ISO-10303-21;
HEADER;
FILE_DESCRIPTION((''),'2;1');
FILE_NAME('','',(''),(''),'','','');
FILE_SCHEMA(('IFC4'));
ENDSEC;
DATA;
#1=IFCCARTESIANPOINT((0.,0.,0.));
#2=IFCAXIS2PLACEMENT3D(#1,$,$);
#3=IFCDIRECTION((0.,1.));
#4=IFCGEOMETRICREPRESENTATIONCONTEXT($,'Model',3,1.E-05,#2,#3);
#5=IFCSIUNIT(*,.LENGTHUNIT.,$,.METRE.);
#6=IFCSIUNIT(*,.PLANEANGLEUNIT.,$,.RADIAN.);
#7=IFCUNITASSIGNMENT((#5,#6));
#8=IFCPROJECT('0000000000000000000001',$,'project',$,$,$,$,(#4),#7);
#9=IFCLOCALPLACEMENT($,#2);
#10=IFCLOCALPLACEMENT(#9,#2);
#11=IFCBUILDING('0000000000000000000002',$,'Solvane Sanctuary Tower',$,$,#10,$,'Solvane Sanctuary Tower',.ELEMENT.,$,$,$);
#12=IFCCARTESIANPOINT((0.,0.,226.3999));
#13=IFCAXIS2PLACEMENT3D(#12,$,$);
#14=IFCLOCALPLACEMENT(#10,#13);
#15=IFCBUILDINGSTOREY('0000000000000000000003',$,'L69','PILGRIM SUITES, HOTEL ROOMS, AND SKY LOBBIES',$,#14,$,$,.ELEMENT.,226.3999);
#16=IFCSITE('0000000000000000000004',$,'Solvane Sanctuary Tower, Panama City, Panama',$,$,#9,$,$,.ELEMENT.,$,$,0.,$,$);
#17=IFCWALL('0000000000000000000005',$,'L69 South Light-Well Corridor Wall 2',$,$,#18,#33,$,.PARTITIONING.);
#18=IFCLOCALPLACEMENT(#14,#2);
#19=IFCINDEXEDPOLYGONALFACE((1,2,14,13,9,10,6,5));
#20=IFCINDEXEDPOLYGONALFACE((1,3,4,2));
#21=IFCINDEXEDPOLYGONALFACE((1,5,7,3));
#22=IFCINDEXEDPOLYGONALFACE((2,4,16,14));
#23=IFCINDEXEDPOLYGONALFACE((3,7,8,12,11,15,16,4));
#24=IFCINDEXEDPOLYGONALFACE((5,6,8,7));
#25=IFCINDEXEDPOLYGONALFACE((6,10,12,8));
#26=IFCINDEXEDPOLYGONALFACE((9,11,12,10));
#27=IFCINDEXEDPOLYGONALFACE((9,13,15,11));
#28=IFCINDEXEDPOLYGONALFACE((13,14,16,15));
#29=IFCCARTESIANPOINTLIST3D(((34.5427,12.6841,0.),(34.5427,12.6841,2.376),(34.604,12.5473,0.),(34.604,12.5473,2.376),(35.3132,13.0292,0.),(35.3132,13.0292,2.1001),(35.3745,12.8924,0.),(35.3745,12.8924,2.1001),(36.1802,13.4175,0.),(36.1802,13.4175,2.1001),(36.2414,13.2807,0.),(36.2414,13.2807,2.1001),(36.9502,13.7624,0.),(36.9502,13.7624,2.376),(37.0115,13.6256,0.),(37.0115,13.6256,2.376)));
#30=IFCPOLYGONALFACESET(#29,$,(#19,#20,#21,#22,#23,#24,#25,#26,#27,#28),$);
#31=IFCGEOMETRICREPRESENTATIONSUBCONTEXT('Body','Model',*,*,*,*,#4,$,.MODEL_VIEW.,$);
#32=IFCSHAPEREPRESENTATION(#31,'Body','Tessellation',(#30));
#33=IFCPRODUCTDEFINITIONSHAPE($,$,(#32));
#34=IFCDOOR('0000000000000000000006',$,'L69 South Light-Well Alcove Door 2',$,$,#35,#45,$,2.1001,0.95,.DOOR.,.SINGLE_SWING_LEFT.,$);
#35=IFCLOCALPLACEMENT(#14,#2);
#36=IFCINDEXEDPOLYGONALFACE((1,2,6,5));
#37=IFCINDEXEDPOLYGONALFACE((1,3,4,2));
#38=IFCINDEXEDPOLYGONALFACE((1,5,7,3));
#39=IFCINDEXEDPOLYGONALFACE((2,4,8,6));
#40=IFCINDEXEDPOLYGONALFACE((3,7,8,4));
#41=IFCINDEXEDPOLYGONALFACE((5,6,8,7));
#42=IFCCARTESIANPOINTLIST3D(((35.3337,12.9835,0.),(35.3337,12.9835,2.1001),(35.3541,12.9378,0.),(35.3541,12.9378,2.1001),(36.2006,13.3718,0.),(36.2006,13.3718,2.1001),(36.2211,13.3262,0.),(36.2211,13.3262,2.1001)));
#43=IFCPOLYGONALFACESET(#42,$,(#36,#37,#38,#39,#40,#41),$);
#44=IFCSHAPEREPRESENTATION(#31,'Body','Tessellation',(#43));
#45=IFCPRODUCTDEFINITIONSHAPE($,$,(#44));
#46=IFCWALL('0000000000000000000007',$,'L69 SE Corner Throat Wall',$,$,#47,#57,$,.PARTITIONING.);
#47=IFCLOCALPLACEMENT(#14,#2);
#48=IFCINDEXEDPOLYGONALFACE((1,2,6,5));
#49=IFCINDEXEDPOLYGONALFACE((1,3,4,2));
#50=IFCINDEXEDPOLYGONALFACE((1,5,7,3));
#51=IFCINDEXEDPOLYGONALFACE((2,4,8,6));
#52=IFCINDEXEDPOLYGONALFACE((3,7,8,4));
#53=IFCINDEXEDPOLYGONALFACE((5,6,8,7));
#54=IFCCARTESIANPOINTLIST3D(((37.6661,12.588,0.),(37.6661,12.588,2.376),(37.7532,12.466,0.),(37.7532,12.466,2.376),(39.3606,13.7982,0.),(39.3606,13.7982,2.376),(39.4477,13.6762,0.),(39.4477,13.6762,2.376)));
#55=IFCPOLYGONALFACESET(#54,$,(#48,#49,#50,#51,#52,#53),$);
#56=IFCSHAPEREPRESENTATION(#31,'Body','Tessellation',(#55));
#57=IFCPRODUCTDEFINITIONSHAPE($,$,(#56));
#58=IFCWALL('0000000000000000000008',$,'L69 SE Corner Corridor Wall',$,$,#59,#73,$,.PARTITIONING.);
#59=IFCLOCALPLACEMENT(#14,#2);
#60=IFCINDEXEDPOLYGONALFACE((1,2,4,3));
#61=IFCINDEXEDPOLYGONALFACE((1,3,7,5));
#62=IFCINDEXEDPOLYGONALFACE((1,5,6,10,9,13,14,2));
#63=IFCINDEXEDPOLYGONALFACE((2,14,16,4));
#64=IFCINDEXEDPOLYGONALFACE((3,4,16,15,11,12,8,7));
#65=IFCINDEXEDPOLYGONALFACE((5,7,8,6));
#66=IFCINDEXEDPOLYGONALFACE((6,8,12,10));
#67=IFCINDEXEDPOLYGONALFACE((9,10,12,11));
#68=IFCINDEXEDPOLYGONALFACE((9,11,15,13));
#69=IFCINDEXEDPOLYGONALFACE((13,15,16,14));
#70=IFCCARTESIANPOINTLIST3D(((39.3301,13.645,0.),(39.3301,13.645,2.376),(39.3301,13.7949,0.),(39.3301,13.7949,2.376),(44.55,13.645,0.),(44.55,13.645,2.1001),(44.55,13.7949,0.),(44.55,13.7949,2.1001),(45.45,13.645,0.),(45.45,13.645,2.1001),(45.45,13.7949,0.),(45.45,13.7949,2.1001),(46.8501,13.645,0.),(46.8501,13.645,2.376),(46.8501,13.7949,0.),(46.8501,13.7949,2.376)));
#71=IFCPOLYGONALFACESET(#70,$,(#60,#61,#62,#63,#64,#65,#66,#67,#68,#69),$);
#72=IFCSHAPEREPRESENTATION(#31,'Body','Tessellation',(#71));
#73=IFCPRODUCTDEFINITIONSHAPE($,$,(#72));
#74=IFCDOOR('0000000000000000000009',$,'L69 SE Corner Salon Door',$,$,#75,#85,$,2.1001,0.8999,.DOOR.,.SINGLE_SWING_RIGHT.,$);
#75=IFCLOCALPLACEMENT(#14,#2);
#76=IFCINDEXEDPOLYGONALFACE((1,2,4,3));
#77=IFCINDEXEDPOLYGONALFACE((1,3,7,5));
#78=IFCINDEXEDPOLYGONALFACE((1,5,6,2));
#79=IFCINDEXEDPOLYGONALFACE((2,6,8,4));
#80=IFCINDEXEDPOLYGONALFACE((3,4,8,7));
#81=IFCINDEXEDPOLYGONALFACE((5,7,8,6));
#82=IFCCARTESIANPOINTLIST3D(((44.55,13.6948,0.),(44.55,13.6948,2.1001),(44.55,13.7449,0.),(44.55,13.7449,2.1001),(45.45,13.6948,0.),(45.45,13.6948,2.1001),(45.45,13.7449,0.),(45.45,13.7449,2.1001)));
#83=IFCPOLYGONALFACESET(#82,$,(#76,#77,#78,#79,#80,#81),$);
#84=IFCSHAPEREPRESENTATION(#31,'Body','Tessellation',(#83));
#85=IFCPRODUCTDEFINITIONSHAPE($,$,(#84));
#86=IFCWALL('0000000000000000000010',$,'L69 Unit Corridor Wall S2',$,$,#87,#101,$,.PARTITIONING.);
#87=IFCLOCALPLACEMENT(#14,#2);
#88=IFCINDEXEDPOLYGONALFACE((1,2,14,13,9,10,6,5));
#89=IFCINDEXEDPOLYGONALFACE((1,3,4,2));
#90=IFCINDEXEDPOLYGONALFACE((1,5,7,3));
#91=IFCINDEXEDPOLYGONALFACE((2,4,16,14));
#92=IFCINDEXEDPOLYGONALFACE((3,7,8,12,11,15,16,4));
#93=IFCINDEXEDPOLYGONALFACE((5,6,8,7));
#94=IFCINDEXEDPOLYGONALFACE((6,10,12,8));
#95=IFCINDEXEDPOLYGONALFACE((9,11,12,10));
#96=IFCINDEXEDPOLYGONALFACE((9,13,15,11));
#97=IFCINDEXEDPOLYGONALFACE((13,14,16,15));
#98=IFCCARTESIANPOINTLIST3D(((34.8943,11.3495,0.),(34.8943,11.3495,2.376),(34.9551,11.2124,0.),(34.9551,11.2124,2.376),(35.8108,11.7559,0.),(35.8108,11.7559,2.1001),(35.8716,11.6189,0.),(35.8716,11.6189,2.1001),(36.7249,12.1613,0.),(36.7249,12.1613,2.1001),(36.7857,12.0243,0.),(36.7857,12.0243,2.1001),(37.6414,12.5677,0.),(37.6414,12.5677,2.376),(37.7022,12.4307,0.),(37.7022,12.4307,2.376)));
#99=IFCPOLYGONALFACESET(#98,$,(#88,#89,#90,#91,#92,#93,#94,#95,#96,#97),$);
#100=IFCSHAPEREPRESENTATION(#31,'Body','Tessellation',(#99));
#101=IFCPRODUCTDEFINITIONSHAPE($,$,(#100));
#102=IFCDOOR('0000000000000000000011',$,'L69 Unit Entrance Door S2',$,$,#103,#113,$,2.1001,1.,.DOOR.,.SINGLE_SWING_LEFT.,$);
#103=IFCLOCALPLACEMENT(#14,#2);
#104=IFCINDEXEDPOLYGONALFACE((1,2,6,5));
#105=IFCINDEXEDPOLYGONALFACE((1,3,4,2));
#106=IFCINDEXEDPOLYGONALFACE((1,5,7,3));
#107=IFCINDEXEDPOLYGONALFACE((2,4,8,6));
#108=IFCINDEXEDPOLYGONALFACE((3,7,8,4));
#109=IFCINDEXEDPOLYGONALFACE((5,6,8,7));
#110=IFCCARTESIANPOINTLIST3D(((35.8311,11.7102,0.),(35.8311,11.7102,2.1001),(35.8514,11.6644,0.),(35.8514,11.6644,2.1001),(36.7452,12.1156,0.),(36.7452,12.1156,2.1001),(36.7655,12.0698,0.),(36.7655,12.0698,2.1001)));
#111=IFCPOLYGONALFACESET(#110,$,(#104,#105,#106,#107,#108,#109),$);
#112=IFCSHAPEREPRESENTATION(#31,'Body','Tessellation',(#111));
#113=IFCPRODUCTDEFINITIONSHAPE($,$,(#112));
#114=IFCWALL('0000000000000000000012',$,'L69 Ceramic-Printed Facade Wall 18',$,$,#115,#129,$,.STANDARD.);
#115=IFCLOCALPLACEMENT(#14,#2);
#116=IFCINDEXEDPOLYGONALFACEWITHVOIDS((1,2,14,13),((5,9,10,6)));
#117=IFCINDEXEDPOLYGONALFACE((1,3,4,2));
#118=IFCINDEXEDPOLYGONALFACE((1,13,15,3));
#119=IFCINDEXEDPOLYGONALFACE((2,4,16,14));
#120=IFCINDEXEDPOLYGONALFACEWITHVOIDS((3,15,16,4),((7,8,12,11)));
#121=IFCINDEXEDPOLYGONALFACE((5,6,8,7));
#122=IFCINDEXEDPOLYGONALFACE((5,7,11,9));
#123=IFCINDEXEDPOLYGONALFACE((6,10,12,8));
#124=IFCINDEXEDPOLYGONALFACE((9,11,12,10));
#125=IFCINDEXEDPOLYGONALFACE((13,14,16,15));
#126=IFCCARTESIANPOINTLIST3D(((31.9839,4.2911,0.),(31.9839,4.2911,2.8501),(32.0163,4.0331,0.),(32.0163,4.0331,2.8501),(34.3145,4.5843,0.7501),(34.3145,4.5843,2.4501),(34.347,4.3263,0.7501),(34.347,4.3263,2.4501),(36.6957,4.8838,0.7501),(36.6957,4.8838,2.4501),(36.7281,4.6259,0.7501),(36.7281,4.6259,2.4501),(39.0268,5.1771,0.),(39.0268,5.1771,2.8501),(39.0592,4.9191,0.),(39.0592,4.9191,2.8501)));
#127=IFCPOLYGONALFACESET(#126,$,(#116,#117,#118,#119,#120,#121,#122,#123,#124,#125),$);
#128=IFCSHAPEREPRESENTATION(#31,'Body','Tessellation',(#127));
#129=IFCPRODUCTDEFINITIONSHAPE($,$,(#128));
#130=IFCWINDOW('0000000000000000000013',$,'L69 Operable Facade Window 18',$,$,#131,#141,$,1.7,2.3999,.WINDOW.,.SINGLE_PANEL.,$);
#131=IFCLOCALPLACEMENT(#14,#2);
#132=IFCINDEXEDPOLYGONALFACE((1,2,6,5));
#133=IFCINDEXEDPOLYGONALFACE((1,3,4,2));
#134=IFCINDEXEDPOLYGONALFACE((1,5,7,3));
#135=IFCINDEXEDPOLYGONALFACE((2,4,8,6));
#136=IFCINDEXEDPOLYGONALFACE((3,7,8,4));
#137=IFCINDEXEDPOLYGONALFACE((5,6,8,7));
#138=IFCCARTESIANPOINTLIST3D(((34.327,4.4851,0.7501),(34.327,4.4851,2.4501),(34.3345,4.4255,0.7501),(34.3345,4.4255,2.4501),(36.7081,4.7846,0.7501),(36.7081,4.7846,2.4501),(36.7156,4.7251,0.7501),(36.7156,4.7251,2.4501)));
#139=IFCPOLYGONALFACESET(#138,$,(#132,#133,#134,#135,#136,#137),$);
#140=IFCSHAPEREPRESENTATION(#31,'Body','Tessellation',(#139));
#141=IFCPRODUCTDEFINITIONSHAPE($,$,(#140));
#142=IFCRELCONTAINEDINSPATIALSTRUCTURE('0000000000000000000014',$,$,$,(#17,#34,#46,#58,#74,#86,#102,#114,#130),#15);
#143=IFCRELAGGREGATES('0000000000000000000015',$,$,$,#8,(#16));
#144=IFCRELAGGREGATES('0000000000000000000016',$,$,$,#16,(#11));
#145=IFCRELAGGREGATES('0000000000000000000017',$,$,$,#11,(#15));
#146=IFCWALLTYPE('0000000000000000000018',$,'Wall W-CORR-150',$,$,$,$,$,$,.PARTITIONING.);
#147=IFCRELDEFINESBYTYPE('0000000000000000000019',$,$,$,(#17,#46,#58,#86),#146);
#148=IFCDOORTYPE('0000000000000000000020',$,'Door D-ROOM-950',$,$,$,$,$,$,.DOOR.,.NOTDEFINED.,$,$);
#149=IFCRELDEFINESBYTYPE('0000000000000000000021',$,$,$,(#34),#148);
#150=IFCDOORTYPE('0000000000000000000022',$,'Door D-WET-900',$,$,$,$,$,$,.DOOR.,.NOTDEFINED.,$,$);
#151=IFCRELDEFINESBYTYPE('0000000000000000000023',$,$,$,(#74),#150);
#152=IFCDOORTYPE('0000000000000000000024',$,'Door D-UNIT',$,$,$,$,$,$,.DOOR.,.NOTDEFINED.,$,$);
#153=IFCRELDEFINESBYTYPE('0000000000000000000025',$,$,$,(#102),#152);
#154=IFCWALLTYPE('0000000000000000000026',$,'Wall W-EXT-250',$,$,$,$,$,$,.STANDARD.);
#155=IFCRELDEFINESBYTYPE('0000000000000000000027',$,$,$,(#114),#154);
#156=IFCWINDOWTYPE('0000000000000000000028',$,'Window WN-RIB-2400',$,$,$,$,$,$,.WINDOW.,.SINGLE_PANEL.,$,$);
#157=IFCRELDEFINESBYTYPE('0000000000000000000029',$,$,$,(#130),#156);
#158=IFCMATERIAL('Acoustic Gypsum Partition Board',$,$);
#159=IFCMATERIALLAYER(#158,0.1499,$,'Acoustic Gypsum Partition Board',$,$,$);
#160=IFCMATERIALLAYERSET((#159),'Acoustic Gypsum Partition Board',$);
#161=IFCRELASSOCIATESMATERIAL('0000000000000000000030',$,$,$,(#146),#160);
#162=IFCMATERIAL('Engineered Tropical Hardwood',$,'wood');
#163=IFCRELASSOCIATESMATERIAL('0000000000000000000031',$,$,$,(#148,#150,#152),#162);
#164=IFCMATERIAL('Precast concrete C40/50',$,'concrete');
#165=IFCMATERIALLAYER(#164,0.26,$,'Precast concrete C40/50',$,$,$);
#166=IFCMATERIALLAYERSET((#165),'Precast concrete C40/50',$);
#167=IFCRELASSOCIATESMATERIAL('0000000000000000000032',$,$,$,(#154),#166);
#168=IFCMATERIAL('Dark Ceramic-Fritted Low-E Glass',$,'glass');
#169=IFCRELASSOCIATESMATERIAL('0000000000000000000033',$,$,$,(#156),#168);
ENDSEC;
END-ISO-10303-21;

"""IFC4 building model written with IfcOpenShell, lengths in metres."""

from ifc_helpers import new_model, si_unit, direction, frame, frame_2d, origin, place, context, subcontext, project, spatial, rectangle, extrude, material, layer, layer_set, type_object, element, fill, save


model = new_model("IFC4")

# Units and contexts
model_context = context("Model", 3, precision=1e-05, world=origin(), true_north=direction((0.0, 1.0)))
body_context = subcontext(model_context, "Body", "Model", "MODEL_VIEW")
ifc_project = project(units=[si_unit("LENGTHUNIT", "METRE"), si_unit("PLANEANGLEUNIT", "RADIAN")], contexts=[model_context])

# Site, building, storey
site_placement = place(None, origin())
site = spatial("IfcSite", under=ifc_project, at=site_placement, Name="Solvane Sanctuary Tower, Panama City, Panama", CompositionType="ELEMENT", RefElevation=0.0)
building_placement = place(site_placement, origin())
building = spatial("IfcBuilding", under=site, at=building_placement, Name="Solvane Sanctuary Tower", LongName="Solvane Sanctuary Tower", CompositionType="ELEMENT")
storey_placement = place(building_placement, frame((0.0, 0.0, 226.3999)))
storey = spatial("IfcBuildingStorey", under=building, at=storey_placement, Name="L69", Description="PILGRIM SUITES, HOTEL ROOMS, AND SKY LOBBIES", CompositionType="ELEMENT", Elevation=226.3999)

# Wall, opening, door
ifc_material_1 = material(Name="Acoustic Gypsum Partition Board")
ifc_layer_1 = layer(ifc_material_1, 0.1499, Name="Acoustic Gypsum Partition Board")
ifc_layer_set_1 = layer_set([ifc_layer_1], Name="Acoustic Gypsum Partition Board")
wall_type_1 = type_object("IfcWallType", Name="Wall W-CORR-150", PredefinedType="PARTITIONING", material=ifc_layer_set_1)
wall_1_placement = place(storey_placement, frame((34.5735, 12.6157, 0.0), z_axis=(0.0, 0.0, 1.0), x_axis=(0.912628, 0.40879, 0.0)))
wall_1 = element("IfcWall", 1, at=wall_1_placement, inside=storey, type_object=wall_type_1, Name="L69 South Light-Well Corridor Wall 2", PredefinedType="PARTITIONING", context=body_context, shape_type="SweptSolid", body=[
    extrude(rectangle(XDim=2.6379, YDim=0.1499, at=frame_2d((1.3188, 0.0))), origin(), (0.0, 0.0, 1.0), 2.376),
])
opening_1_placement = place(wall_1_placement, frame((0.844, 0.0, 0.0)))
opening_1 = element("IfcOpeningElement", 2, at=opening_1_placement, cuts=wall_1, PredefinedType="OPENING", context=body_context, shape_type="SweptSolid", body=[
    extrude(rectangle(XDim=0.95, YDim=2.1001, at=frame_2d((0.4751, 1.05))), frame((0.0, 0.085, 0.0), z_axis=(0.0, -1.0, 0.0), x_axis=(1.0, 0.0, 0.0)), (0.0, 0.0, 1.0), 0.1699),
])
ifc_material_2 = material(Name="Engineered Tropical Hardwood", Category="wood")
door_type_1 = type_object("IfcDoorType", Name="Door D-ROOM-950", OperationType="NOTDEFINED", PredefinedType="DOOR", material=ifc_material_2)
door_1_placement = place(opening_1_placement, origin())
door_1 = element("IfcDoor", 3, at=door_1_placement, inside=storey, type_object=door_type_1, Name="L69 South Light-Well Alcove Door 2", OperationType="SINGLE_SWING_LEFT", OverallHeight=2.1001, OverallWidth=0.95, PredefinedType="DOOR", context=body_context, shape_type="SweptSolid", body=[
    extrude(rectangle(XDim=0.95, YDim=2.1001, at=frame_2d((0.4751, 1.05))), frame((0.0, 0.0249, 0.0), z_axis=(0.0, -1.0, 0.0), x_axis=(1.0, 0.0, 0.0)), (0.0, 0.0, 1.0), 0.05),
])
fill(opening_1, door_1)

# Wall
wall_2_placement = place(storey_placement, frame((37.7097, 12.5271, 0.0), z_axis=(0.0, 0.0, 1.0), x_axis=(0.813781, 0.581172, 0.0)))
element("IfcWall", 4, at=wall_2_placement, inside=storey, type_object=wall_type_1, Name="L69 SE Corner Throat Wall", PredefinedType="PARTITIONING", context=body_context, shape_type="SweptSolid", body=[
    extrude(rectangle(XDim=2.0823, YDim=0.1499, at=frame_2d((1.041, 0.0))), origin(), (0.0, 0.0, 1.0), 2.376),
])

# Walls, openings, doors
wall_3_placement = place(storey_placement, frame((39.3301, 13.72, 0.0), z_axis=(0.0, 0.0, 1.0), x_axis=(1.0, 0.0, 0.0)))
wall_3 = element("IfcWall", 5, at=wall_3_placement, inside=storey, type_object=wall_type_1, Name="L69 SE Corner Corridor Wall", PredefinedType="PARTITIONING", context=body_context, shape_type="SweptSolid", body=[
    extrude(rectangle(XDim=7.52, YDim=0.1499, at=frame_2d((3.76, 0.0))), origin(), (0.0, 0.0, 1.0), 2.376),
])
opening_2_placement = place(wall_3_placement, frame((5.22, 0.0, 0.0)))
opening_2 = element("IfcOpeningElement", 6, at=opening_2_placement, cuts=wall_3, PredefinedType="OPENING", context=body_context, shape_type="SweptSolid", body=[
    extrude(rectangle(XDim=0.8999, YDim=2.1001, at=frame_2d((0.45, 1.05))), frame((0.0, 0.085, 0.0), z_axis=(0.0, -1.0, 0.0), x_axis=(1.0, 0.0, 0.0)), (0.0, 0.0, 1.0), 0.1699),
])
door_type_2 = type_object("IfcDoorType", Name="Door D-WET-900", OperationType="NOTDEFINED", PredefinedType="DOOR", material=ifc_material_2)
door_2_placement = place(opening_2_placement, origin())
door_2 = element("IfcDoor", 7, at=door_2_placement, inside=storey, type_object=door_type_2, Name="L69 SE Corner Salon Door", OperationType="SINGLE_SWING_RIGHT", OverallHeight=2.1001, OverallWidth=0.8999, PredefinedType="DOOR", context=body_context, shape_type="SweptSolid", body=[
    extrude(rectangle(XDim=0.8999, YDim=2.1001, at=frame_2d((0.45, 1.05))), frame((0.0, 0.0249, 0.0), z_axis=(0.0, -1.0, 0.0), x_axis=(1.0, 0.0, 0.0)), (0.0, 0.0, 1.0), 0.05),
])
fill(opening_2, door_2)
wall_4_placement = place(storey_placement, frame((34.9248, 11.281, 0.0), z_axis=(0.0, 0.0, 1.0), x_axis=(0.91414, 0.4054, 0.0)))
wall_4 = element("IfcWall", 8, at=wall_4_placement, inside=storey, type_object=wall_type_1, Name="L69 Unit Corridor Wall S2", PredefinedType="PARTITIONING", context=body_context, shape_type="SweptSolid", body=[
    extrude(rectangle(XDim=3.0051, YDim=0.1499, at=frame_2d((1.5024, 0.0))), origin(), (0.0, 0.0, 1.0), 2.376),
])
opening_3_placement = place(wall_4_placement, frame((1.0024, 0.0, 0.0)))
opening_3 = element("IfcOpeningElement", 9, at=opening_3_placement, cuts=wall_4, PredefinedType="OPENING", context=body_context, shape_type="SweptSolid", body=[
    extrude(rectangle(XDim=1.0, YDim=2.1001, at=frame_2d((0.5, 1.05))), frame((0.0, 0.085, 0.0), z_axis=(0.0, -1.0, 0.0), x_axis=(1.0, 0.0, 0.0)), (0.0, 0.0, 1.0), 0.1699),
])
door_type_3 = type_object("IfcDoorType", Name="Door D-UNIT", OperationType="NOTDEFINED", PredefinedType="DOOR", material=ifc_material_2)
door_3_placement = place(opening_3_placement, origin())
door_3 = element("IfcDoor", 10, at=door_3_placement, inside=storey, type_object=door_type_3, Name="L69 Unit Entrance Door S2", OperationType="SINGLE_SWING_LEFT", OverallHeight=2.1001, OverallWidth=1.0, PredefinedType="DOOR", context=body_context, shape_type="SweptSolid", body=[
    extrude(rectangle(XDim=1.0, YDim=2.1001, at=frame_2d((0.5, 1.05))), frame((0.0, 0.0249, 0.0), z_axis=(0.0, -1.0, 0.0), x_axis=(1.0, 0.0, 0.0)), (0.0, 0.0, 1.0), 0.05),
])
fill(opening_3, door_3)

# Wall, opening, window
ifc_material_3 = material(Name="Precast concrete C40/50", Category="concrete")
ifc_layer_2 = layer(ifc_material_3, 0.26, Name="Precast concrete C40/50")
ifc_layer_set_2 = layer_set([ifc_layer_2], Name="Precast concrete C40/50")
wall_type_2 = type_object("IfcWallType", Name="Wall W-EXT-250", PredefinedType="STANDARD", material=ifc_layer_set_2)
wall_5_placement = place(storey_placement, frame((32.0, 4.1621, 0.0), z_axis=(0.0, 0.0, 1.0), x_axis=(0.99218, 0.124814, 0.0)))
wall_5 = element("IfcWall", 11, at=wall_5_placement, inside=storey, type_object=wall_type_2, Name="L69 Ceramic-Printed Facade Wall 18", PredefinedType="STANDARD", context=body_context, shape_type="SweptSolid", body=[
    extrude(rectangle(XDim=7.0984, YDim=0.26, at=frame_2d((3.5493, 0.0))), origin(), (0.0, 0.0, 1.0), 2.8501),
])
opening_4_placement = place(wall_5_placement, frame((2.3491, 0.0, 0.75)))
opening_4 = element("IfcOpeningElement", 12, at=opening_4_placement, cuts=wall_5, PredefinedType="OPENING", context=body_context, shape_type="SweptSolid", body=[
    extrude(rectangle(XDim=2.3999, YDim=1.7, at=frame_2d((1.2, 0.8501))), frame((0.0, 0.1399, 0.0), z_axis=(0.0, -1.0, 0.0), x_axis=(1.0, 0.0, 0.0)), (0.0, 0.0, 1.0), 0.28),
])
ifc_material_4 = material(Name="Dark Ceramic-Fritted Low-E Glass", Category="glass")
window_type = type_object("IfcWindowType", Name="Window WN-RIB-2400", PartitioningType="SINGLE_PANEL", PredefinedType="WINDOW", material=ifc_material_4)
window_placement = place(opening_4_placement, origin())
window = element("IfcWindow", 13, at=window_placement, inside=storey, type_object=window_type, Name="L69 Operable Facade Window 18", OverallHeight=1.7, OverallWidth=2.3999, PartitioningType="SINGLE_PANEL", PredefinedType="WINDOW", context=body_context, shape_type="SweptSolid", body=[
    extrude(rectangle(XDim=2.3999, YDim=1.7, at=frame_2d((1.2, 0.8501))), frame((0.0, 0.03, 0.0), z_axis=(0.0, -1.0, 0.0), x_axis=(1.0, 0.0, 0.0)), (0.0, 0.0, 1.0), 0.0601),
])
fill(opening_4, window)

save(model, "model.ifc")
